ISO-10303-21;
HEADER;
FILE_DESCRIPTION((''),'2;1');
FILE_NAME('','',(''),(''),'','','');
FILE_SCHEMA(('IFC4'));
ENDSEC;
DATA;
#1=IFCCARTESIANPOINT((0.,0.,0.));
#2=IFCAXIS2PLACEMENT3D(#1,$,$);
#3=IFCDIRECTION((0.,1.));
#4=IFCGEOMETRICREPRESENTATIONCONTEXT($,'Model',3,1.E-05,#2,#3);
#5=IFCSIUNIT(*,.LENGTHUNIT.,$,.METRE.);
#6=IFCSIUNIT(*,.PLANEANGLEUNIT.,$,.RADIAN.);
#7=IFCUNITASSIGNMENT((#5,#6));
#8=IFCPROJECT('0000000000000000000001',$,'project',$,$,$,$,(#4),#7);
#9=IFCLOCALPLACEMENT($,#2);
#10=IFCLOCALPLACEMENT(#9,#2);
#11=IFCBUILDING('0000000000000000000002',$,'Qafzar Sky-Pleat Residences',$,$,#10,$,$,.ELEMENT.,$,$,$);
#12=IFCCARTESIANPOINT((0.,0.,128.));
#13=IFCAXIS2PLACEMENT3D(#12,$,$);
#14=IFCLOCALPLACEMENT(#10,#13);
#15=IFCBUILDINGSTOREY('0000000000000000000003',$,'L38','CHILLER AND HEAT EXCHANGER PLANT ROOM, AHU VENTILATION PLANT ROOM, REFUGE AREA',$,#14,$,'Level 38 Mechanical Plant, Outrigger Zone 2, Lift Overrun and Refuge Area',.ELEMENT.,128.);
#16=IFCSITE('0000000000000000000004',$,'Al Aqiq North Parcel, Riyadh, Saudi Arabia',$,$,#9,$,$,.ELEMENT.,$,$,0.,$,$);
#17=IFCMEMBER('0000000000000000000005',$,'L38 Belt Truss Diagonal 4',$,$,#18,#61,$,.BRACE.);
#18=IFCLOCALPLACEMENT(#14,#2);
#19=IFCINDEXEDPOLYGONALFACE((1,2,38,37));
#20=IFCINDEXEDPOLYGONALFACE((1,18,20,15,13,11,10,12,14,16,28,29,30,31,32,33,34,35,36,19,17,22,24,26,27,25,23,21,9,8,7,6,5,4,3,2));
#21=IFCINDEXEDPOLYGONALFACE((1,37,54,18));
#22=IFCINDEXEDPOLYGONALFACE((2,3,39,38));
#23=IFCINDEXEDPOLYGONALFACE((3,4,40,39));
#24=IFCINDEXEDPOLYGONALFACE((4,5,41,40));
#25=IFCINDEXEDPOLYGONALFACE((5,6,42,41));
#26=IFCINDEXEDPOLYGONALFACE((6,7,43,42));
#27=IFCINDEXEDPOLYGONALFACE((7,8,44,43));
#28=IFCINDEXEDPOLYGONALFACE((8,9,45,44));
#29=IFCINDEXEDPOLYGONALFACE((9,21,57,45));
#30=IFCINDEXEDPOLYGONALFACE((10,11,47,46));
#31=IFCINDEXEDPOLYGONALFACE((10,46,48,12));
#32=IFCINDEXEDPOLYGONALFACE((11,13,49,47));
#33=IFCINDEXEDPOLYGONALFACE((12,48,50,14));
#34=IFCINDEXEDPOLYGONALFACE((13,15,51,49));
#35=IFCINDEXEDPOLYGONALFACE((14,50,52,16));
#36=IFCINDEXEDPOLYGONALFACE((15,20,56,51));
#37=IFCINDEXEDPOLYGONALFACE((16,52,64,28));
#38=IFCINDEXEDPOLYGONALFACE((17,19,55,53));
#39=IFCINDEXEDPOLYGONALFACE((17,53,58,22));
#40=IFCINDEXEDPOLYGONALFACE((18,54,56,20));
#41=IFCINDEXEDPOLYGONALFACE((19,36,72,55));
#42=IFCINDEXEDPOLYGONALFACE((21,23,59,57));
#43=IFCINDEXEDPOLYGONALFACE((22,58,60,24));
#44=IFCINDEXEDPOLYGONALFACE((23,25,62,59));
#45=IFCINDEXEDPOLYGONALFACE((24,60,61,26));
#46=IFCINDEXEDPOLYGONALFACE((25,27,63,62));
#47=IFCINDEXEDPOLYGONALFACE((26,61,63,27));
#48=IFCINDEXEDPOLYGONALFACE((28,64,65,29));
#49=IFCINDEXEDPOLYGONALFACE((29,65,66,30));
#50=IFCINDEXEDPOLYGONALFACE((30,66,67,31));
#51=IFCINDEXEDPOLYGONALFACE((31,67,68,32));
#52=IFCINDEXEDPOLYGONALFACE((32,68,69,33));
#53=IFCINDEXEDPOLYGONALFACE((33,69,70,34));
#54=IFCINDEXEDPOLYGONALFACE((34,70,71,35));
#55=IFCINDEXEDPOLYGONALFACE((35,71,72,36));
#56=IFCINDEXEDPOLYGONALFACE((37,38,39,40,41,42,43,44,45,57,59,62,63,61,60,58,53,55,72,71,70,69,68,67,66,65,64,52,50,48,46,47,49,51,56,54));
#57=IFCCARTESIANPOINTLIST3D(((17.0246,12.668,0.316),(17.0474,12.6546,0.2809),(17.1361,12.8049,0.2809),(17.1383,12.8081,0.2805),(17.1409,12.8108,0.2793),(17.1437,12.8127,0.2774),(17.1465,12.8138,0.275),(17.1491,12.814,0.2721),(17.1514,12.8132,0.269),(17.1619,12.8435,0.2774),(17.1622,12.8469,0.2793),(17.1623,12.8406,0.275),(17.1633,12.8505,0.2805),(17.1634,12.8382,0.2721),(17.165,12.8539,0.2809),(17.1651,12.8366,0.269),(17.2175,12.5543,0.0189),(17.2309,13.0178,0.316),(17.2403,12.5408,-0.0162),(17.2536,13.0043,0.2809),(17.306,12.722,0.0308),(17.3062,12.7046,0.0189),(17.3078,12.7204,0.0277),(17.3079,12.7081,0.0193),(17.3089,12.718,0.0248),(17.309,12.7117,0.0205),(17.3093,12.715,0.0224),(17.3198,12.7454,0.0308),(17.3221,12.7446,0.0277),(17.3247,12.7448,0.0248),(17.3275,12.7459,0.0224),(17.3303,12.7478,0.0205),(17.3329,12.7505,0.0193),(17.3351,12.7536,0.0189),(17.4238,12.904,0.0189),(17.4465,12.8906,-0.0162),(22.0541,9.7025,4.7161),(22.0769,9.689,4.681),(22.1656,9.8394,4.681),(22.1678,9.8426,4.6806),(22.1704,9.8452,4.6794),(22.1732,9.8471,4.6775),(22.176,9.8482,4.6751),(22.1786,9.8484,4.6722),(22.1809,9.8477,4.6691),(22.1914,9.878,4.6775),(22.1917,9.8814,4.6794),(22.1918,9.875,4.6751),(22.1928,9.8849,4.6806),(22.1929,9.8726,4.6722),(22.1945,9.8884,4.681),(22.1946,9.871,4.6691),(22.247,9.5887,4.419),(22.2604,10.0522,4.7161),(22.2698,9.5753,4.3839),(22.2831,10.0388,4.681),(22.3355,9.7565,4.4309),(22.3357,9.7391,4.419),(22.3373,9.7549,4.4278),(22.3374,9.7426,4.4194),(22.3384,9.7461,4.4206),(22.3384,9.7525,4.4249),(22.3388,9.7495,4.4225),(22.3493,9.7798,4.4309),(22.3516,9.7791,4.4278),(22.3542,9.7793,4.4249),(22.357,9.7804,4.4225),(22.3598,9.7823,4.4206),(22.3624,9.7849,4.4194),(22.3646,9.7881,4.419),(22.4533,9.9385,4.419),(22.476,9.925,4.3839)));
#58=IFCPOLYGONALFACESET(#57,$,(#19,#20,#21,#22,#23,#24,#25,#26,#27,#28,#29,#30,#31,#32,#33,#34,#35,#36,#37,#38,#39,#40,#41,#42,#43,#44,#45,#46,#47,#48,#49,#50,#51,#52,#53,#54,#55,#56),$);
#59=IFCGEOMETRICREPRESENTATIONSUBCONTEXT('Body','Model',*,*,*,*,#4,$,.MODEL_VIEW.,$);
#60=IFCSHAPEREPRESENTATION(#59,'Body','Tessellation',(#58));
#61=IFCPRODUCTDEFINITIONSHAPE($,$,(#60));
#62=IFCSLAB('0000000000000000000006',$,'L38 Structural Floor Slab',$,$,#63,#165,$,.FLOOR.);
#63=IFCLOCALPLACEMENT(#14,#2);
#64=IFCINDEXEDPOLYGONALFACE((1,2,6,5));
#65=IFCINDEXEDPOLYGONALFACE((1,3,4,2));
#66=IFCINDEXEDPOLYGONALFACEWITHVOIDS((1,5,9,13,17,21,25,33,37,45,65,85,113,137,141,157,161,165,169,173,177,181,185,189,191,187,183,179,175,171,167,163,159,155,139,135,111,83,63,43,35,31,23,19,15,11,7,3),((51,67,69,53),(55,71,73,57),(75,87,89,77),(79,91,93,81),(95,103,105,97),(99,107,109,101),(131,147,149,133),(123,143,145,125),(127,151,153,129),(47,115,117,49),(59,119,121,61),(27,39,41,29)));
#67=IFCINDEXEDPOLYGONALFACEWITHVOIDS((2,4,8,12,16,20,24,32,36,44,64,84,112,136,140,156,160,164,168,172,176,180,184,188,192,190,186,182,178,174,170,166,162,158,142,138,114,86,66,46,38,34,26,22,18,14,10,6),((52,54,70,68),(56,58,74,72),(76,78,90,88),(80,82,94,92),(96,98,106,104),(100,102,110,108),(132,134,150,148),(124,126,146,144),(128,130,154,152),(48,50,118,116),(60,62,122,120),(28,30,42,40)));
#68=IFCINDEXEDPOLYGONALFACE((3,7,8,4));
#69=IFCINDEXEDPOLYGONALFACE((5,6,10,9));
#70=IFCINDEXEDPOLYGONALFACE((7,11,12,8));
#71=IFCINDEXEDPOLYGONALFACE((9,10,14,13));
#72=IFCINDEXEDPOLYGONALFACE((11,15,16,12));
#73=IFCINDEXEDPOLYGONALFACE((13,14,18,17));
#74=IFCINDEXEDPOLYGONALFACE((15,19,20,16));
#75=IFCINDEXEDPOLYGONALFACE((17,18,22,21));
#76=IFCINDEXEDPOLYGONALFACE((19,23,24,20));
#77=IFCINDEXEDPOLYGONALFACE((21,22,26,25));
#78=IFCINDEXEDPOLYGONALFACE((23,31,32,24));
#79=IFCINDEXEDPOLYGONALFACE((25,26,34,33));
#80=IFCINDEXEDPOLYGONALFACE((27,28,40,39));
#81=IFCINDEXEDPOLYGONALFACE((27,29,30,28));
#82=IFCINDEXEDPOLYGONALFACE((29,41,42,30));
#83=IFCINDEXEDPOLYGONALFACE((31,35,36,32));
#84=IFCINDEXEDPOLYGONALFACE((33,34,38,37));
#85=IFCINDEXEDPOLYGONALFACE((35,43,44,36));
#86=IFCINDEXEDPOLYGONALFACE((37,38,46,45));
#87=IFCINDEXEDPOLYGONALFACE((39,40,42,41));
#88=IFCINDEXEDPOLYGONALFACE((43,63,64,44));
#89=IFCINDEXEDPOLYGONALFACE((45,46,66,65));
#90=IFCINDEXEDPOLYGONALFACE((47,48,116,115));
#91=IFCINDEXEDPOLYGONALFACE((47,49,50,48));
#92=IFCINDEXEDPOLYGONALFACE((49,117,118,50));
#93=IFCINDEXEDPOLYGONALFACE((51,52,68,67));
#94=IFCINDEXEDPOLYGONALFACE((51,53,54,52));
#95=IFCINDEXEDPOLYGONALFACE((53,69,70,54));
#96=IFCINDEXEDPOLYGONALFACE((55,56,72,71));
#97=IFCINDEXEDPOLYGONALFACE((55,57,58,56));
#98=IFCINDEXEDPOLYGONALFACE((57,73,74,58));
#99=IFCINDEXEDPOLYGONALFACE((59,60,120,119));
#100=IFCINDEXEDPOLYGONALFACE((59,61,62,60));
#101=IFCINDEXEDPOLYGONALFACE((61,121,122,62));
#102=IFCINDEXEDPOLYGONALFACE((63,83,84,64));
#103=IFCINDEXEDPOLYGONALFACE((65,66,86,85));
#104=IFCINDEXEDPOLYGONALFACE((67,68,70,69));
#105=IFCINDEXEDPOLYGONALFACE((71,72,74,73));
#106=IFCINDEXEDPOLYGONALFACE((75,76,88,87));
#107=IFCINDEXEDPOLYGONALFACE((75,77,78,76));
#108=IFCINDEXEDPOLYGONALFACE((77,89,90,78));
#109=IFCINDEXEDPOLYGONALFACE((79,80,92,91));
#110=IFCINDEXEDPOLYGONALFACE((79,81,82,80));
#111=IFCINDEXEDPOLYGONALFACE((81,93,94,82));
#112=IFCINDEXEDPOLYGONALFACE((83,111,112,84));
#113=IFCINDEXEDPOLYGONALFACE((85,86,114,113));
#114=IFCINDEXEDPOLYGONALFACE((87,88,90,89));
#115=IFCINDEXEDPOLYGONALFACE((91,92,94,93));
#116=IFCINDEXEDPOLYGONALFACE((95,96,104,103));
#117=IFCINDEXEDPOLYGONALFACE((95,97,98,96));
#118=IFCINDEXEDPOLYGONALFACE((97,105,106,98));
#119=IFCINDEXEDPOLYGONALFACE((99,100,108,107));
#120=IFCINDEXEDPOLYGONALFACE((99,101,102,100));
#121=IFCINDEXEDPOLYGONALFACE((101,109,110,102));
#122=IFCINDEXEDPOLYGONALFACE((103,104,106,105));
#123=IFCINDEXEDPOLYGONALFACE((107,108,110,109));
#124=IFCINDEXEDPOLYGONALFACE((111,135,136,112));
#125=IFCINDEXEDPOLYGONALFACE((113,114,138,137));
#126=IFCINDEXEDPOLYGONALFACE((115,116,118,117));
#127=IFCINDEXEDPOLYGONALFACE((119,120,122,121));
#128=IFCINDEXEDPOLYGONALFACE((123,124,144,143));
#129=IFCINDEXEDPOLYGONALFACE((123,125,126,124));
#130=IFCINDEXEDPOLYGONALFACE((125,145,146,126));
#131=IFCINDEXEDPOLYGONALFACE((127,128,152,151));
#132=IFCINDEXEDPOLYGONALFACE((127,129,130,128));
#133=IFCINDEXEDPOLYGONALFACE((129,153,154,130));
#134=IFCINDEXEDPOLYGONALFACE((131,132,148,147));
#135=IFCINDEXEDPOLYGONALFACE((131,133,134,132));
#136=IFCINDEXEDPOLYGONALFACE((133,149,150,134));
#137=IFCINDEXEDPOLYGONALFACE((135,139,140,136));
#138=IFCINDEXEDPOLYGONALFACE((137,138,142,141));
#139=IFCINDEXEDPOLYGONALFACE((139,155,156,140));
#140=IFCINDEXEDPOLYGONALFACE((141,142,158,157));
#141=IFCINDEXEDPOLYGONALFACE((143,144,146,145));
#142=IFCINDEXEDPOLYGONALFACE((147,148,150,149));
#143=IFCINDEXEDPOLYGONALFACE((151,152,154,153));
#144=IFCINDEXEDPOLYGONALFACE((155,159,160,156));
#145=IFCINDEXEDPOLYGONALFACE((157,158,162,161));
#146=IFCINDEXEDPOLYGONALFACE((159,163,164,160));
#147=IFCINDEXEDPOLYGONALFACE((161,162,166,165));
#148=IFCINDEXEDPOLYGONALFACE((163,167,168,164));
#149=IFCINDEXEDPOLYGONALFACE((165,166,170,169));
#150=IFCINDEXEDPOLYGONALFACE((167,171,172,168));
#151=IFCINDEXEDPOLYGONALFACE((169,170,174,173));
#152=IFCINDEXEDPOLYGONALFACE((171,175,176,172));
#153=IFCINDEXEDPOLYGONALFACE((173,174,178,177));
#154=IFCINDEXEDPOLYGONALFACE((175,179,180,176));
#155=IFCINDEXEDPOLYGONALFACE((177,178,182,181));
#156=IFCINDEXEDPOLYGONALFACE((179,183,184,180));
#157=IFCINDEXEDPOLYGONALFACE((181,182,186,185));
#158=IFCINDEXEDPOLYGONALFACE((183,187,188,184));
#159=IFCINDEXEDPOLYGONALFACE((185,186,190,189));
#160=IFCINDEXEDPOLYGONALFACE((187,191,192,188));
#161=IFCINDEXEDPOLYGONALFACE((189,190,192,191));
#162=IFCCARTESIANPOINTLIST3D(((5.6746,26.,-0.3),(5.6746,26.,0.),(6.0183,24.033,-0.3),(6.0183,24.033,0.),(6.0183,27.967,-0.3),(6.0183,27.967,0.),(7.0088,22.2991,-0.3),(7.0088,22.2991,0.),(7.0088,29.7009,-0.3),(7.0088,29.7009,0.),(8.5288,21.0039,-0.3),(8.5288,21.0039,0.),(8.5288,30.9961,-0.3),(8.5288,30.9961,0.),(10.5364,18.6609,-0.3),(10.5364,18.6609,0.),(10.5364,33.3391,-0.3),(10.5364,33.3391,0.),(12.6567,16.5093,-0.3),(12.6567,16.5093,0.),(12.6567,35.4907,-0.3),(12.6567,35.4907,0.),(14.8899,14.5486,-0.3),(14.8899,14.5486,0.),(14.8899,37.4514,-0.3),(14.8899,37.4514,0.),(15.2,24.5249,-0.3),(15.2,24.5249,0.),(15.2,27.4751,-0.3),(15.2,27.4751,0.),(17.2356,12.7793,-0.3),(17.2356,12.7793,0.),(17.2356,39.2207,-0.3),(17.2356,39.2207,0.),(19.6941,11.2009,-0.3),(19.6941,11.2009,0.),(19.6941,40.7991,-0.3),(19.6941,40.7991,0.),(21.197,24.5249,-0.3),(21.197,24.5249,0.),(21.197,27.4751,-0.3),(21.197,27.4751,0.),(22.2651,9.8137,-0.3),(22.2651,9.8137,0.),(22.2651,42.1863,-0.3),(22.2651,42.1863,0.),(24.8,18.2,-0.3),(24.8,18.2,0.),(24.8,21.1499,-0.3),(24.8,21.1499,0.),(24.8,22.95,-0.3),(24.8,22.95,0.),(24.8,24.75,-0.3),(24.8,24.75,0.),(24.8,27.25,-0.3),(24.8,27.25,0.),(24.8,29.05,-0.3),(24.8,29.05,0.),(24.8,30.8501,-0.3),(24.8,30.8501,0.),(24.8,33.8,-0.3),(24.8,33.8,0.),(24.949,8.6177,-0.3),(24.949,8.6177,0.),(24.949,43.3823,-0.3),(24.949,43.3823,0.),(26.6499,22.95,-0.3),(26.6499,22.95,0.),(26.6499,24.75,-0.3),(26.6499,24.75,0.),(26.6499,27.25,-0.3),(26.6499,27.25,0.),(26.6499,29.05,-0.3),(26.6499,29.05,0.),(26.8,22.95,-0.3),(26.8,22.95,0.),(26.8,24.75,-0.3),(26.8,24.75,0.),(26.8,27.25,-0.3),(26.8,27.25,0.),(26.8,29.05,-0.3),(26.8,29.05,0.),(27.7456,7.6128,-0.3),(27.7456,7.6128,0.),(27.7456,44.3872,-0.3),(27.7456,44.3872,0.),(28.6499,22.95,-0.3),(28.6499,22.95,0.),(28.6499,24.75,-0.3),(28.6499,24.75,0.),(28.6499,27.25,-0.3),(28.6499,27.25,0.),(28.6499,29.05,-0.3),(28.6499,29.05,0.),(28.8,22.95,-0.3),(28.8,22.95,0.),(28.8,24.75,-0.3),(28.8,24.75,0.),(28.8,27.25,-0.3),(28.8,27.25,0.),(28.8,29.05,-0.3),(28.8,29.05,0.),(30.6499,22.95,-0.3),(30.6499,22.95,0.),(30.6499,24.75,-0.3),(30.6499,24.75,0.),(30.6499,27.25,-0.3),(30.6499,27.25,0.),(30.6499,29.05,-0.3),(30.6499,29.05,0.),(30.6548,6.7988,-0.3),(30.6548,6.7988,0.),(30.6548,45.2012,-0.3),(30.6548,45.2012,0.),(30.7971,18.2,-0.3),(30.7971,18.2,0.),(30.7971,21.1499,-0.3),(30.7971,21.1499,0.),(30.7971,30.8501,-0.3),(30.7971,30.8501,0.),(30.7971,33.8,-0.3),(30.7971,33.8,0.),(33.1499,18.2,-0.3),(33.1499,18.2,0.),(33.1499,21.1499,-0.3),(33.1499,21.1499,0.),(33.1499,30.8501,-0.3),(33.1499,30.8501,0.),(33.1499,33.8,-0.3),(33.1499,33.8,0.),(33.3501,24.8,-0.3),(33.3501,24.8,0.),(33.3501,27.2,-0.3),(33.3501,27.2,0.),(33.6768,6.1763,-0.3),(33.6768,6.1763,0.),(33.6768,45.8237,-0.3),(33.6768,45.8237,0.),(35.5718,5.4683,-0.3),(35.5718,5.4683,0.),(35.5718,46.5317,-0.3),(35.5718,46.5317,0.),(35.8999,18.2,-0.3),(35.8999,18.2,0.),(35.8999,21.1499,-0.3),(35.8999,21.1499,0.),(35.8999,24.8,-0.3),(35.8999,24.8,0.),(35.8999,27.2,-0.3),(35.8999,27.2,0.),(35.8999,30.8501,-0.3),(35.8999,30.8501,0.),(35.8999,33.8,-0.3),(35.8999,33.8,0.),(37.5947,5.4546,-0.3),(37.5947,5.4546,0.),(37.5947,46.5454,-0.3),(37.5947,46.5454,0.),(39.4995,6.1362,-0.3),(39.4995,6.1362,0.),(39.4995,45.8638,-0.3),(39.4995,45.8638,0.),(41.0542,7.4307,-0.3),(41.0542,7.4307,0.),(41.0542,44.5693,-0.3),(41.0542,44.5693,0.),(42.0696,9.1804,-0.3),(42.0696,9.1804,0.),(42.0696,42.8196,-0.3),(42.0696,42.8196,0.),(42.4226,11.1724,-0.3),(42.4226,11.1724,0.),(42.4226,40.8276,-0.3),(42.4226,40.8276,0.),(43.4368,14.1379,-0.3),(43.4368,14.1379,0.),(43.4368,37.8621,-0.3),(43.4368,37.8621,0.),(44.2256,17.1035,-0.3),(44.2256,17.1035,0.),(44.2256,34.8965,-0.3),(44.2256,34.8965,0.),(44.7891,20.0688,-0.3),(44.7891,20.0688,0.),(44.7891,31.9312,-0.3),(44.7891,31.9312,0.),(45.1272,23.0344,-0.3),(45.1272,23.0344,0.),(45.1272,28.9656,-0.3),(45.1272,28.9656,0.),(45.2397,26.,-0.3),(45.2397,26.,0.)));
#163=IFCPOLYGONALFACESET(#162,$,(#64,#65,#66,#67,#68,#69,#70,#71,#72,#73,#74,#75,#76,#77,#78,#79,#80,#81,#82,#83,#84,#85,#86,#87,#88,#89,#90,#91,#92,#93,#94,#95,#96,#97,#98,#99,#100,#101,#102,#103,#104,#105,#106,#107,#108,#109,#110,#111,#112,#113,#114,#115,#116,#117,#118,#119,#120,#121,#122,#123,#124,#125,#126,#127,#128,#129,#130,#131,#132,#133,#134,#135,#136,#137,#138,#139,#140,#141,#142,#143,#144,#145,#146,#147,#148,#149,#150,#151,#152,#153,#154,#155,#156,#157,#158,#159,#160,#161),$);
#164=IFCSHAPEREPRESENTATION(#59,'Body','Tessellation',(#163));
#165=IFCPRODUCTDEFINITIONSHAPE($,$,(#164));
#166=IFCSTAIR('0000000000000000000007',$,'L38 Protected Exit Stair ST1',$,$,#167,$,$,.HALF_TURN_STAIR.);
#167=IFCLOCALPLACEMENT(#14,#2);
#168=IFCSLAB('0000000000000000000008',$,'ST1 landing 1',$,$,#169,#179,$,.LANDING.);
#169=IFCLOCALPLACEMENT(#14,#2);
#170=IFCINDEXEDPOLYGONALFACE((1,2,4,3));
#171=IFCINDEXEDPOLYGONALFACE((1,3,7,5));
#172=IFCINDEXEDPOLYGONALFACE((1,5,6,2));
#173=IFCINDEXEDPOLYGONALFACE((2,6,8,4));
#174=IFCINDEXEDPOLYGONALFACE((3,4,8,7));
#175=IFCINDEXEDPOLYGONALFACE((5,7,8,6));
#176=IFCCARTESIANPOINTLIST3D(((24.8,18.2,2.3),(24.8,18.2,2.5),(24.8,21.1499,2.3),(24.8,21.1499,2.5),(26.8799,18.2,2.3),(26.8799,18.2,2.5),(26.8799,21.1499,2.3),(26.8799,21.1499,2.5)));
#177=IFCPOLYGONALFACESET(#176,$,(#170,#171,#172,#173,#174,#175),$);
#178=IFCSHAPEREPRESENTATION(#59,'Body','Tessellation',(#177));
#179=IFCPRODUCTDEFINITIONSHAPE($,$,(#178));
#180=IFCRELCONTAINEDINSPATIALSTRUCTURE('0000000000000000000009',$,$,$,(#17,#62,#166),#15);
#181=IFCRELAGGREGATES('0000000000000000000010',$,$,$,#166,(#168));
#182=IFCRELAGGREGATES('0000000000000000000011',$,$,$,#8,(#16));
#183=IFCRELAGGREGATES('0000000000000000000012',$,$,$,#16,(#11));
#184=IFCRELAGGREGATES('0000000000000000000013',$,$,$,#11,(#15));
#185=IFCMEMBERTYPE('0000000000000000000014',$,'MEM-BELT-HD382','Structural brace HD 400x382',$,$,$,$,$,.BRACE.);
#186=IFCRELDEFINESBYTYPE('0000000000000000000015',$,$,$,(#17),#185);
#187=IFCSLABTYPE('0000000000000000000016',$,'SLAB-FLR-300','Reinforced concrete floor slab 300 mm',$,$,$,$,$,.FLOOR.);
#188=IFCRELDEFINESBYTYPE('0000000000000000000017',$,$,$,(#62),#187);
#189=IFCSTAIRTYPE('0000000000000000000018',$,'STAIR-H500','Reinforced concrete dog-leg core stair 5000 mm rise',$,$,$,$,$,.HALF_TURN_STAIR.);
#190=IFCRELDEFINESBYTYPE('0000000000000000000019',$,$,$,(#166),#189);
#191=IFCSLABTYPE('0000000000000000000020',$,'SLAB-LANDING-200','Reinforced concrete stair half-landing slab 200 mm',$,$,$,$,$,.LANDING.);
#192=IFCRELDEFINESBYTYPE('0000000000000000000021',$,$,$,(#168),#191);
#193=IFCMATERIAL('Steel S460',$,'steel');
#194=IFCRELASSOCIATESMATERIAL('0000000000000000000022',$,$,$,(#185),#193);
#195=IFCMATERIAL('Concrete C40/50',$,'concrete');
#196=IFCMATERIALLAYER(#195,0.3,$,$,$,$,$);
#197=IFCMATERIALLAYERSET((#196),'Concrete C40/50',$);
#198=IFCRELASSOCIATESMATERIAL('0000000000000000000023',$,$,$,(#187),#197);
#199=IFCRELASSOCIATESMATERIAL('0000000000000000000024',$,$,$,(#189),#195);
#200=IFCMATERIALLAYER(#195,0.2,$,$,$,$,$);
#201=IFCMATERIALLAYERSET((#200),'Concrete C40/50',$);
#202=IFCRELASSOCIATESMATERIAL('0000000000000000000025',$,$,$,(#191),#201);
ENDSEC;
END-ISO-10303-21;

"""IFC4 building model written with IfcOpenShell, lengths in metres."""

from ifc_helpers import new_model, si_unit, direction, frame, origin, origin_2d, place, context, subcontext, project, spatial, polyline, i_section, outline, extrude, source, transform, mapped, material, layer, layer_set, material_profile, profile_set, type_object, element, aggregate, save


model = new_model("IFC4")

# Units and contexts
model_context = context("Model", 3, precision=1e-05, world=origin(), true_north=direction((0.0, 1.0)))
body_context = subcontext(model_context, "Body", "Model", "MODEL_VIEW")
ifc_project = project(units=[si_unit("LENGTHUNIT", "METRE"), si_unit("PLANEANGLEUNIT", "RADIAN")], contexts=[model_context])

# Site, building, storey
site_placement = place(None, origin())
site = spatial("IfcSite", under=ifc_project, at=site_placement, Name="Al Aqiq North Parcel, Riyadh, Saudi Arabia", CompositionType="ELEMENT", RefElevation=0.0)
building_placement = place(site_placement, origin())
building = spatial("IfcBuilding", under=site, at=building_placement, Name="Qafzar Sky-Pleat Residences", CompositionType="ELEMENT")
storey_placement = place(building_placement, frame((0.0, 0.0, 128.0)))
storey = spatial("IfcBuildingStorey", under=building, at=storey_placement, Name="L38", Description="CHILLER AND HEAT EXCHANGER PLANT ROOM, AHU VENTILATION PLANT ROOM, REFUGE AREA", LongName="Level 38 Mechanical Plant, Outrigger Zone 2, Lift Overrun and Refuge Area", CompositionType="ELEMENT", Elevation=128.0)

# Shared definitions
ifc_material_1 = material(Name="Steel S460", Category="steel")

# Member
ifc_material_profile_1 = material_profile(ifc_material_1, i_section(OverallWidth=0.406, OverallDepth=0.416, WebThickness=0.0271, FlangeThickness=0.0439, FilletRadius=0.0149, at=origin_2d()), Name="HD 400x382")
ifc_profile_set_1 = profile_set([ifc_material_profile_1], Name="Steel S460")
member_type = type_object("IfcMemberType", Name="MEM-BELT-HD382", Description="Structural brace HD 400x382", PredefinedType="BRACE", material=ifc_profile_set_1)
shared_shape_1 = source(origin(), body_context, "Body", "SweptSolid", [
    extrude(i_section(OverallWidth=0.406, OverallDepth=0.416, WebThickness=0.0271, FlangeThickness=0.0439, FilletRadius=0.0149, at=origin_2d()), origin(), (0.0, 0.0, 1.0), 7.311),
])
member_1_placement = place(storey_placement, frame((17.2356, 12.7793, 0.1499), z_axis=(0.687932, -0.405626, 0.601844), x_axis=(0.507913, 0.861408, 0.0)))
element("IfcMember", 1, at=member_1_placement, inside=storey, type_object=member_type, Name="L38 Belt Truss Diagonal 4", PredefinedType="BRACE", context=body_context, shape_type="MappedRepresentation", body=[
    mapped(shared_shape_1, transform((0.0, 0.0, 0.0), x_axis=(1.0, 0.0, 0.0), y_axis=(0.0, 1.0, 0.0), z_axis=(0.0, 0.0, 1.0), scale=1.0)),
])

# Slab
ifc_material_2 = material(Name="Concrete C40/50", Category="concrete")
ifc_layer_1 = layer(ifc_material_2, 0.3)
ifc_layer_set_1 = layer_set([ifc_layer_1], Name="Concrete C40/50")
slab_type_1 = type_object("IfcSlabType", Name="SLAB-FLR-300", Description="Reinforced concrete floor slab 300 mm", PredefinedType="FLOOR", material=ifc_layer_set_1)
slab_1_placement = place(storey_placement, frame((0.0, 0.0, -0.3)))
element("IfcSlab", 2, at=slab_1_placement, inside=storey, type_object=slab_type_1, Name="L38 Structural Floor Slab", PredefinedType="FLOOR", context=body_context, shape_type="SweptSolid", body=[
    extrude(outline(polyline([(8.5288, 30.9961), (7.0088, 29.7009), (6.0183, 27.967), (5.6746, 26.0), (6.0183, 24.033), (7.0088, 22.2991), (8.5288, 21.0039), (10.5364, 18.6609), (12.6567, 16.5093), (14.8899, 14.5486), (17.2356, 12.7793), (19.6941, 11.2009), (22.2651, 9.8137), (24.949, 8.6177), (27.7456, 7.6128), (30.6548, 6.7988), (33.6768, 6.1763), (35.5718, 5.4683), (37.5947, 5.4546), (39.4995, 6.1362), (41.0542, 7.4307), (42.0696, 9.1804), (42.4226, 11.1724), (43.4368, 14.1379), (44.2256, 17.1035), (44.7891, 20.0688), (45.1272, 23.0344), (45.2397, 26.0), (45.1272, 28.9656), (44.7891, 31.9312), (44.2256, 34.8965), (43.4368, 37.8621), (42.4226, 40.8276), (42.0696, 42.8196), (41.0542, 44.5693), (39.4995, 45.8638), (37.5947, 46.5454), (35.5718, 46.5317), (33.6768, 45.8237), (30.6548, 45.2012), (27.7456, 44.3872), (24.949, 43.3823), (22.2651, 42.1863), (19.6941, 40.7991), (17.2356, 39.2207), (14.8899, 37.4514), (12.6567, 35.4907), (10.5364, 33.3391), (8.5288, 30.9961)]), holes=[polyline([(30.7971, 21.1499), (24.8, 21.1499), (24.8, 18.2), (30.7971, 18.2), (30.7971, 21.1499)]), polyline([(30.7971, 33.8), (24.8, 33.8), (24.8, 30.8501), (30.7971, 30.8501), (30.7971, 33.8)]), polyline([(21.197, 27.4751), (15.2, 27.4751), (15.2, 24.5249), (21.197, 24.5249), (21.197, 27.4751)]), polyline([(24.8, 22.95), (26.6499, 22.95), (26.6499, 24.75), (24.8, 24.75), (24.8, 22.95)]), polyline([(26.8, 22.95), (28.6499, 22.95), (28.6499, 24.75), (26.8, 24.75), (26.8, 22.95)]), polyline([(28.8, 22.95), (30.6499, 22.95), (30.6499, 24.75), (28.8, 24.75), (28.8, 22.95)]), polyline([(24.8, 27.25), (26.6499, 27.25), (26.6499, 29.05), (24.8, 29.05), (24.8, 27.25)]), polyline([(26.8, 27.25), (28.6499, 27.25), (28.6499, 29.05), (26.8, 29.05), (26.8, 27.25)]), polyline([(28.8, 27.25), (30.6499, 27.25), (30.6499, 29.05), (28.8, 29.05), (28.8, 27.25)]), polyline([(33.1499, 18.2), (35.8999, 18.2), (35.8999, 21.1499), (33.1499, 21.1499), (33.1499, 18.2)]), polyline([(33.1499, 30.8501), (35.8999, 30.8501), (35.8999, 33.8), (33.1499, 33.8), (33.1499, 30.8501)]), polyline([(33.3501, 24.8), (35.8999, 24.8), (35.8999, 27.2), (33.3501, 27.2), (33.3501, 24.8)])]), origin(), (0.0, 0.0, 1.0), 0.3),
])

# Stair, slab
stair_type = type_object("IfcStairType", Name="STAIR-H500", Description="Reinforced concrete dog-leg core stair 5000 mm rise", PredefinedType="HALF_TURN_STAIR", material=ifc_material_2)
stair_1_placement = place(storey_placement, origin())
stair_1 = element("IfcStair", 3, at=stair_1_placement, inside=storey, type_object=stair_type, Name="L38 Protected Exit Stair ST1", PredefinedType="HALF_TURN_STAIR")
ifc_layer_2 = layer(ifc_material_2, 0.2)
ifc_layer_set_2 = layer_set([ifc_layer_2], Name="Concrete C40/50")
slab_type_2 = type_object("IfcSlabType", Name="SLAB-LANDING-200", Description="Reinforced concrete stair half-landing slab 200 mm", PredefinedType="LANDING", material=ifc_layer_set_2)
slab_2_placement = place(storey_placement, frame((0.0, 0.0, 2.3)))
slab_2 = element("IfcSlab", 4, at=slab_2_placement, type_object=slab_type_2, Name="ST1 landing 1", PredefinedType="LANDING", context=body_context, shape_type="SweptSolid", body=[
    extrude(outline(polyline([(26.8799, 21.1499), (24.8, 21.1499), (24.8, 18.2), (26.8799, 18.2), (26.8799, 21.1499)])), origin(), (0.0, 0.0, 1.0), 0.2),
])
aggregate(stair_1, [slab_2])

save(model, "model.ifc")
